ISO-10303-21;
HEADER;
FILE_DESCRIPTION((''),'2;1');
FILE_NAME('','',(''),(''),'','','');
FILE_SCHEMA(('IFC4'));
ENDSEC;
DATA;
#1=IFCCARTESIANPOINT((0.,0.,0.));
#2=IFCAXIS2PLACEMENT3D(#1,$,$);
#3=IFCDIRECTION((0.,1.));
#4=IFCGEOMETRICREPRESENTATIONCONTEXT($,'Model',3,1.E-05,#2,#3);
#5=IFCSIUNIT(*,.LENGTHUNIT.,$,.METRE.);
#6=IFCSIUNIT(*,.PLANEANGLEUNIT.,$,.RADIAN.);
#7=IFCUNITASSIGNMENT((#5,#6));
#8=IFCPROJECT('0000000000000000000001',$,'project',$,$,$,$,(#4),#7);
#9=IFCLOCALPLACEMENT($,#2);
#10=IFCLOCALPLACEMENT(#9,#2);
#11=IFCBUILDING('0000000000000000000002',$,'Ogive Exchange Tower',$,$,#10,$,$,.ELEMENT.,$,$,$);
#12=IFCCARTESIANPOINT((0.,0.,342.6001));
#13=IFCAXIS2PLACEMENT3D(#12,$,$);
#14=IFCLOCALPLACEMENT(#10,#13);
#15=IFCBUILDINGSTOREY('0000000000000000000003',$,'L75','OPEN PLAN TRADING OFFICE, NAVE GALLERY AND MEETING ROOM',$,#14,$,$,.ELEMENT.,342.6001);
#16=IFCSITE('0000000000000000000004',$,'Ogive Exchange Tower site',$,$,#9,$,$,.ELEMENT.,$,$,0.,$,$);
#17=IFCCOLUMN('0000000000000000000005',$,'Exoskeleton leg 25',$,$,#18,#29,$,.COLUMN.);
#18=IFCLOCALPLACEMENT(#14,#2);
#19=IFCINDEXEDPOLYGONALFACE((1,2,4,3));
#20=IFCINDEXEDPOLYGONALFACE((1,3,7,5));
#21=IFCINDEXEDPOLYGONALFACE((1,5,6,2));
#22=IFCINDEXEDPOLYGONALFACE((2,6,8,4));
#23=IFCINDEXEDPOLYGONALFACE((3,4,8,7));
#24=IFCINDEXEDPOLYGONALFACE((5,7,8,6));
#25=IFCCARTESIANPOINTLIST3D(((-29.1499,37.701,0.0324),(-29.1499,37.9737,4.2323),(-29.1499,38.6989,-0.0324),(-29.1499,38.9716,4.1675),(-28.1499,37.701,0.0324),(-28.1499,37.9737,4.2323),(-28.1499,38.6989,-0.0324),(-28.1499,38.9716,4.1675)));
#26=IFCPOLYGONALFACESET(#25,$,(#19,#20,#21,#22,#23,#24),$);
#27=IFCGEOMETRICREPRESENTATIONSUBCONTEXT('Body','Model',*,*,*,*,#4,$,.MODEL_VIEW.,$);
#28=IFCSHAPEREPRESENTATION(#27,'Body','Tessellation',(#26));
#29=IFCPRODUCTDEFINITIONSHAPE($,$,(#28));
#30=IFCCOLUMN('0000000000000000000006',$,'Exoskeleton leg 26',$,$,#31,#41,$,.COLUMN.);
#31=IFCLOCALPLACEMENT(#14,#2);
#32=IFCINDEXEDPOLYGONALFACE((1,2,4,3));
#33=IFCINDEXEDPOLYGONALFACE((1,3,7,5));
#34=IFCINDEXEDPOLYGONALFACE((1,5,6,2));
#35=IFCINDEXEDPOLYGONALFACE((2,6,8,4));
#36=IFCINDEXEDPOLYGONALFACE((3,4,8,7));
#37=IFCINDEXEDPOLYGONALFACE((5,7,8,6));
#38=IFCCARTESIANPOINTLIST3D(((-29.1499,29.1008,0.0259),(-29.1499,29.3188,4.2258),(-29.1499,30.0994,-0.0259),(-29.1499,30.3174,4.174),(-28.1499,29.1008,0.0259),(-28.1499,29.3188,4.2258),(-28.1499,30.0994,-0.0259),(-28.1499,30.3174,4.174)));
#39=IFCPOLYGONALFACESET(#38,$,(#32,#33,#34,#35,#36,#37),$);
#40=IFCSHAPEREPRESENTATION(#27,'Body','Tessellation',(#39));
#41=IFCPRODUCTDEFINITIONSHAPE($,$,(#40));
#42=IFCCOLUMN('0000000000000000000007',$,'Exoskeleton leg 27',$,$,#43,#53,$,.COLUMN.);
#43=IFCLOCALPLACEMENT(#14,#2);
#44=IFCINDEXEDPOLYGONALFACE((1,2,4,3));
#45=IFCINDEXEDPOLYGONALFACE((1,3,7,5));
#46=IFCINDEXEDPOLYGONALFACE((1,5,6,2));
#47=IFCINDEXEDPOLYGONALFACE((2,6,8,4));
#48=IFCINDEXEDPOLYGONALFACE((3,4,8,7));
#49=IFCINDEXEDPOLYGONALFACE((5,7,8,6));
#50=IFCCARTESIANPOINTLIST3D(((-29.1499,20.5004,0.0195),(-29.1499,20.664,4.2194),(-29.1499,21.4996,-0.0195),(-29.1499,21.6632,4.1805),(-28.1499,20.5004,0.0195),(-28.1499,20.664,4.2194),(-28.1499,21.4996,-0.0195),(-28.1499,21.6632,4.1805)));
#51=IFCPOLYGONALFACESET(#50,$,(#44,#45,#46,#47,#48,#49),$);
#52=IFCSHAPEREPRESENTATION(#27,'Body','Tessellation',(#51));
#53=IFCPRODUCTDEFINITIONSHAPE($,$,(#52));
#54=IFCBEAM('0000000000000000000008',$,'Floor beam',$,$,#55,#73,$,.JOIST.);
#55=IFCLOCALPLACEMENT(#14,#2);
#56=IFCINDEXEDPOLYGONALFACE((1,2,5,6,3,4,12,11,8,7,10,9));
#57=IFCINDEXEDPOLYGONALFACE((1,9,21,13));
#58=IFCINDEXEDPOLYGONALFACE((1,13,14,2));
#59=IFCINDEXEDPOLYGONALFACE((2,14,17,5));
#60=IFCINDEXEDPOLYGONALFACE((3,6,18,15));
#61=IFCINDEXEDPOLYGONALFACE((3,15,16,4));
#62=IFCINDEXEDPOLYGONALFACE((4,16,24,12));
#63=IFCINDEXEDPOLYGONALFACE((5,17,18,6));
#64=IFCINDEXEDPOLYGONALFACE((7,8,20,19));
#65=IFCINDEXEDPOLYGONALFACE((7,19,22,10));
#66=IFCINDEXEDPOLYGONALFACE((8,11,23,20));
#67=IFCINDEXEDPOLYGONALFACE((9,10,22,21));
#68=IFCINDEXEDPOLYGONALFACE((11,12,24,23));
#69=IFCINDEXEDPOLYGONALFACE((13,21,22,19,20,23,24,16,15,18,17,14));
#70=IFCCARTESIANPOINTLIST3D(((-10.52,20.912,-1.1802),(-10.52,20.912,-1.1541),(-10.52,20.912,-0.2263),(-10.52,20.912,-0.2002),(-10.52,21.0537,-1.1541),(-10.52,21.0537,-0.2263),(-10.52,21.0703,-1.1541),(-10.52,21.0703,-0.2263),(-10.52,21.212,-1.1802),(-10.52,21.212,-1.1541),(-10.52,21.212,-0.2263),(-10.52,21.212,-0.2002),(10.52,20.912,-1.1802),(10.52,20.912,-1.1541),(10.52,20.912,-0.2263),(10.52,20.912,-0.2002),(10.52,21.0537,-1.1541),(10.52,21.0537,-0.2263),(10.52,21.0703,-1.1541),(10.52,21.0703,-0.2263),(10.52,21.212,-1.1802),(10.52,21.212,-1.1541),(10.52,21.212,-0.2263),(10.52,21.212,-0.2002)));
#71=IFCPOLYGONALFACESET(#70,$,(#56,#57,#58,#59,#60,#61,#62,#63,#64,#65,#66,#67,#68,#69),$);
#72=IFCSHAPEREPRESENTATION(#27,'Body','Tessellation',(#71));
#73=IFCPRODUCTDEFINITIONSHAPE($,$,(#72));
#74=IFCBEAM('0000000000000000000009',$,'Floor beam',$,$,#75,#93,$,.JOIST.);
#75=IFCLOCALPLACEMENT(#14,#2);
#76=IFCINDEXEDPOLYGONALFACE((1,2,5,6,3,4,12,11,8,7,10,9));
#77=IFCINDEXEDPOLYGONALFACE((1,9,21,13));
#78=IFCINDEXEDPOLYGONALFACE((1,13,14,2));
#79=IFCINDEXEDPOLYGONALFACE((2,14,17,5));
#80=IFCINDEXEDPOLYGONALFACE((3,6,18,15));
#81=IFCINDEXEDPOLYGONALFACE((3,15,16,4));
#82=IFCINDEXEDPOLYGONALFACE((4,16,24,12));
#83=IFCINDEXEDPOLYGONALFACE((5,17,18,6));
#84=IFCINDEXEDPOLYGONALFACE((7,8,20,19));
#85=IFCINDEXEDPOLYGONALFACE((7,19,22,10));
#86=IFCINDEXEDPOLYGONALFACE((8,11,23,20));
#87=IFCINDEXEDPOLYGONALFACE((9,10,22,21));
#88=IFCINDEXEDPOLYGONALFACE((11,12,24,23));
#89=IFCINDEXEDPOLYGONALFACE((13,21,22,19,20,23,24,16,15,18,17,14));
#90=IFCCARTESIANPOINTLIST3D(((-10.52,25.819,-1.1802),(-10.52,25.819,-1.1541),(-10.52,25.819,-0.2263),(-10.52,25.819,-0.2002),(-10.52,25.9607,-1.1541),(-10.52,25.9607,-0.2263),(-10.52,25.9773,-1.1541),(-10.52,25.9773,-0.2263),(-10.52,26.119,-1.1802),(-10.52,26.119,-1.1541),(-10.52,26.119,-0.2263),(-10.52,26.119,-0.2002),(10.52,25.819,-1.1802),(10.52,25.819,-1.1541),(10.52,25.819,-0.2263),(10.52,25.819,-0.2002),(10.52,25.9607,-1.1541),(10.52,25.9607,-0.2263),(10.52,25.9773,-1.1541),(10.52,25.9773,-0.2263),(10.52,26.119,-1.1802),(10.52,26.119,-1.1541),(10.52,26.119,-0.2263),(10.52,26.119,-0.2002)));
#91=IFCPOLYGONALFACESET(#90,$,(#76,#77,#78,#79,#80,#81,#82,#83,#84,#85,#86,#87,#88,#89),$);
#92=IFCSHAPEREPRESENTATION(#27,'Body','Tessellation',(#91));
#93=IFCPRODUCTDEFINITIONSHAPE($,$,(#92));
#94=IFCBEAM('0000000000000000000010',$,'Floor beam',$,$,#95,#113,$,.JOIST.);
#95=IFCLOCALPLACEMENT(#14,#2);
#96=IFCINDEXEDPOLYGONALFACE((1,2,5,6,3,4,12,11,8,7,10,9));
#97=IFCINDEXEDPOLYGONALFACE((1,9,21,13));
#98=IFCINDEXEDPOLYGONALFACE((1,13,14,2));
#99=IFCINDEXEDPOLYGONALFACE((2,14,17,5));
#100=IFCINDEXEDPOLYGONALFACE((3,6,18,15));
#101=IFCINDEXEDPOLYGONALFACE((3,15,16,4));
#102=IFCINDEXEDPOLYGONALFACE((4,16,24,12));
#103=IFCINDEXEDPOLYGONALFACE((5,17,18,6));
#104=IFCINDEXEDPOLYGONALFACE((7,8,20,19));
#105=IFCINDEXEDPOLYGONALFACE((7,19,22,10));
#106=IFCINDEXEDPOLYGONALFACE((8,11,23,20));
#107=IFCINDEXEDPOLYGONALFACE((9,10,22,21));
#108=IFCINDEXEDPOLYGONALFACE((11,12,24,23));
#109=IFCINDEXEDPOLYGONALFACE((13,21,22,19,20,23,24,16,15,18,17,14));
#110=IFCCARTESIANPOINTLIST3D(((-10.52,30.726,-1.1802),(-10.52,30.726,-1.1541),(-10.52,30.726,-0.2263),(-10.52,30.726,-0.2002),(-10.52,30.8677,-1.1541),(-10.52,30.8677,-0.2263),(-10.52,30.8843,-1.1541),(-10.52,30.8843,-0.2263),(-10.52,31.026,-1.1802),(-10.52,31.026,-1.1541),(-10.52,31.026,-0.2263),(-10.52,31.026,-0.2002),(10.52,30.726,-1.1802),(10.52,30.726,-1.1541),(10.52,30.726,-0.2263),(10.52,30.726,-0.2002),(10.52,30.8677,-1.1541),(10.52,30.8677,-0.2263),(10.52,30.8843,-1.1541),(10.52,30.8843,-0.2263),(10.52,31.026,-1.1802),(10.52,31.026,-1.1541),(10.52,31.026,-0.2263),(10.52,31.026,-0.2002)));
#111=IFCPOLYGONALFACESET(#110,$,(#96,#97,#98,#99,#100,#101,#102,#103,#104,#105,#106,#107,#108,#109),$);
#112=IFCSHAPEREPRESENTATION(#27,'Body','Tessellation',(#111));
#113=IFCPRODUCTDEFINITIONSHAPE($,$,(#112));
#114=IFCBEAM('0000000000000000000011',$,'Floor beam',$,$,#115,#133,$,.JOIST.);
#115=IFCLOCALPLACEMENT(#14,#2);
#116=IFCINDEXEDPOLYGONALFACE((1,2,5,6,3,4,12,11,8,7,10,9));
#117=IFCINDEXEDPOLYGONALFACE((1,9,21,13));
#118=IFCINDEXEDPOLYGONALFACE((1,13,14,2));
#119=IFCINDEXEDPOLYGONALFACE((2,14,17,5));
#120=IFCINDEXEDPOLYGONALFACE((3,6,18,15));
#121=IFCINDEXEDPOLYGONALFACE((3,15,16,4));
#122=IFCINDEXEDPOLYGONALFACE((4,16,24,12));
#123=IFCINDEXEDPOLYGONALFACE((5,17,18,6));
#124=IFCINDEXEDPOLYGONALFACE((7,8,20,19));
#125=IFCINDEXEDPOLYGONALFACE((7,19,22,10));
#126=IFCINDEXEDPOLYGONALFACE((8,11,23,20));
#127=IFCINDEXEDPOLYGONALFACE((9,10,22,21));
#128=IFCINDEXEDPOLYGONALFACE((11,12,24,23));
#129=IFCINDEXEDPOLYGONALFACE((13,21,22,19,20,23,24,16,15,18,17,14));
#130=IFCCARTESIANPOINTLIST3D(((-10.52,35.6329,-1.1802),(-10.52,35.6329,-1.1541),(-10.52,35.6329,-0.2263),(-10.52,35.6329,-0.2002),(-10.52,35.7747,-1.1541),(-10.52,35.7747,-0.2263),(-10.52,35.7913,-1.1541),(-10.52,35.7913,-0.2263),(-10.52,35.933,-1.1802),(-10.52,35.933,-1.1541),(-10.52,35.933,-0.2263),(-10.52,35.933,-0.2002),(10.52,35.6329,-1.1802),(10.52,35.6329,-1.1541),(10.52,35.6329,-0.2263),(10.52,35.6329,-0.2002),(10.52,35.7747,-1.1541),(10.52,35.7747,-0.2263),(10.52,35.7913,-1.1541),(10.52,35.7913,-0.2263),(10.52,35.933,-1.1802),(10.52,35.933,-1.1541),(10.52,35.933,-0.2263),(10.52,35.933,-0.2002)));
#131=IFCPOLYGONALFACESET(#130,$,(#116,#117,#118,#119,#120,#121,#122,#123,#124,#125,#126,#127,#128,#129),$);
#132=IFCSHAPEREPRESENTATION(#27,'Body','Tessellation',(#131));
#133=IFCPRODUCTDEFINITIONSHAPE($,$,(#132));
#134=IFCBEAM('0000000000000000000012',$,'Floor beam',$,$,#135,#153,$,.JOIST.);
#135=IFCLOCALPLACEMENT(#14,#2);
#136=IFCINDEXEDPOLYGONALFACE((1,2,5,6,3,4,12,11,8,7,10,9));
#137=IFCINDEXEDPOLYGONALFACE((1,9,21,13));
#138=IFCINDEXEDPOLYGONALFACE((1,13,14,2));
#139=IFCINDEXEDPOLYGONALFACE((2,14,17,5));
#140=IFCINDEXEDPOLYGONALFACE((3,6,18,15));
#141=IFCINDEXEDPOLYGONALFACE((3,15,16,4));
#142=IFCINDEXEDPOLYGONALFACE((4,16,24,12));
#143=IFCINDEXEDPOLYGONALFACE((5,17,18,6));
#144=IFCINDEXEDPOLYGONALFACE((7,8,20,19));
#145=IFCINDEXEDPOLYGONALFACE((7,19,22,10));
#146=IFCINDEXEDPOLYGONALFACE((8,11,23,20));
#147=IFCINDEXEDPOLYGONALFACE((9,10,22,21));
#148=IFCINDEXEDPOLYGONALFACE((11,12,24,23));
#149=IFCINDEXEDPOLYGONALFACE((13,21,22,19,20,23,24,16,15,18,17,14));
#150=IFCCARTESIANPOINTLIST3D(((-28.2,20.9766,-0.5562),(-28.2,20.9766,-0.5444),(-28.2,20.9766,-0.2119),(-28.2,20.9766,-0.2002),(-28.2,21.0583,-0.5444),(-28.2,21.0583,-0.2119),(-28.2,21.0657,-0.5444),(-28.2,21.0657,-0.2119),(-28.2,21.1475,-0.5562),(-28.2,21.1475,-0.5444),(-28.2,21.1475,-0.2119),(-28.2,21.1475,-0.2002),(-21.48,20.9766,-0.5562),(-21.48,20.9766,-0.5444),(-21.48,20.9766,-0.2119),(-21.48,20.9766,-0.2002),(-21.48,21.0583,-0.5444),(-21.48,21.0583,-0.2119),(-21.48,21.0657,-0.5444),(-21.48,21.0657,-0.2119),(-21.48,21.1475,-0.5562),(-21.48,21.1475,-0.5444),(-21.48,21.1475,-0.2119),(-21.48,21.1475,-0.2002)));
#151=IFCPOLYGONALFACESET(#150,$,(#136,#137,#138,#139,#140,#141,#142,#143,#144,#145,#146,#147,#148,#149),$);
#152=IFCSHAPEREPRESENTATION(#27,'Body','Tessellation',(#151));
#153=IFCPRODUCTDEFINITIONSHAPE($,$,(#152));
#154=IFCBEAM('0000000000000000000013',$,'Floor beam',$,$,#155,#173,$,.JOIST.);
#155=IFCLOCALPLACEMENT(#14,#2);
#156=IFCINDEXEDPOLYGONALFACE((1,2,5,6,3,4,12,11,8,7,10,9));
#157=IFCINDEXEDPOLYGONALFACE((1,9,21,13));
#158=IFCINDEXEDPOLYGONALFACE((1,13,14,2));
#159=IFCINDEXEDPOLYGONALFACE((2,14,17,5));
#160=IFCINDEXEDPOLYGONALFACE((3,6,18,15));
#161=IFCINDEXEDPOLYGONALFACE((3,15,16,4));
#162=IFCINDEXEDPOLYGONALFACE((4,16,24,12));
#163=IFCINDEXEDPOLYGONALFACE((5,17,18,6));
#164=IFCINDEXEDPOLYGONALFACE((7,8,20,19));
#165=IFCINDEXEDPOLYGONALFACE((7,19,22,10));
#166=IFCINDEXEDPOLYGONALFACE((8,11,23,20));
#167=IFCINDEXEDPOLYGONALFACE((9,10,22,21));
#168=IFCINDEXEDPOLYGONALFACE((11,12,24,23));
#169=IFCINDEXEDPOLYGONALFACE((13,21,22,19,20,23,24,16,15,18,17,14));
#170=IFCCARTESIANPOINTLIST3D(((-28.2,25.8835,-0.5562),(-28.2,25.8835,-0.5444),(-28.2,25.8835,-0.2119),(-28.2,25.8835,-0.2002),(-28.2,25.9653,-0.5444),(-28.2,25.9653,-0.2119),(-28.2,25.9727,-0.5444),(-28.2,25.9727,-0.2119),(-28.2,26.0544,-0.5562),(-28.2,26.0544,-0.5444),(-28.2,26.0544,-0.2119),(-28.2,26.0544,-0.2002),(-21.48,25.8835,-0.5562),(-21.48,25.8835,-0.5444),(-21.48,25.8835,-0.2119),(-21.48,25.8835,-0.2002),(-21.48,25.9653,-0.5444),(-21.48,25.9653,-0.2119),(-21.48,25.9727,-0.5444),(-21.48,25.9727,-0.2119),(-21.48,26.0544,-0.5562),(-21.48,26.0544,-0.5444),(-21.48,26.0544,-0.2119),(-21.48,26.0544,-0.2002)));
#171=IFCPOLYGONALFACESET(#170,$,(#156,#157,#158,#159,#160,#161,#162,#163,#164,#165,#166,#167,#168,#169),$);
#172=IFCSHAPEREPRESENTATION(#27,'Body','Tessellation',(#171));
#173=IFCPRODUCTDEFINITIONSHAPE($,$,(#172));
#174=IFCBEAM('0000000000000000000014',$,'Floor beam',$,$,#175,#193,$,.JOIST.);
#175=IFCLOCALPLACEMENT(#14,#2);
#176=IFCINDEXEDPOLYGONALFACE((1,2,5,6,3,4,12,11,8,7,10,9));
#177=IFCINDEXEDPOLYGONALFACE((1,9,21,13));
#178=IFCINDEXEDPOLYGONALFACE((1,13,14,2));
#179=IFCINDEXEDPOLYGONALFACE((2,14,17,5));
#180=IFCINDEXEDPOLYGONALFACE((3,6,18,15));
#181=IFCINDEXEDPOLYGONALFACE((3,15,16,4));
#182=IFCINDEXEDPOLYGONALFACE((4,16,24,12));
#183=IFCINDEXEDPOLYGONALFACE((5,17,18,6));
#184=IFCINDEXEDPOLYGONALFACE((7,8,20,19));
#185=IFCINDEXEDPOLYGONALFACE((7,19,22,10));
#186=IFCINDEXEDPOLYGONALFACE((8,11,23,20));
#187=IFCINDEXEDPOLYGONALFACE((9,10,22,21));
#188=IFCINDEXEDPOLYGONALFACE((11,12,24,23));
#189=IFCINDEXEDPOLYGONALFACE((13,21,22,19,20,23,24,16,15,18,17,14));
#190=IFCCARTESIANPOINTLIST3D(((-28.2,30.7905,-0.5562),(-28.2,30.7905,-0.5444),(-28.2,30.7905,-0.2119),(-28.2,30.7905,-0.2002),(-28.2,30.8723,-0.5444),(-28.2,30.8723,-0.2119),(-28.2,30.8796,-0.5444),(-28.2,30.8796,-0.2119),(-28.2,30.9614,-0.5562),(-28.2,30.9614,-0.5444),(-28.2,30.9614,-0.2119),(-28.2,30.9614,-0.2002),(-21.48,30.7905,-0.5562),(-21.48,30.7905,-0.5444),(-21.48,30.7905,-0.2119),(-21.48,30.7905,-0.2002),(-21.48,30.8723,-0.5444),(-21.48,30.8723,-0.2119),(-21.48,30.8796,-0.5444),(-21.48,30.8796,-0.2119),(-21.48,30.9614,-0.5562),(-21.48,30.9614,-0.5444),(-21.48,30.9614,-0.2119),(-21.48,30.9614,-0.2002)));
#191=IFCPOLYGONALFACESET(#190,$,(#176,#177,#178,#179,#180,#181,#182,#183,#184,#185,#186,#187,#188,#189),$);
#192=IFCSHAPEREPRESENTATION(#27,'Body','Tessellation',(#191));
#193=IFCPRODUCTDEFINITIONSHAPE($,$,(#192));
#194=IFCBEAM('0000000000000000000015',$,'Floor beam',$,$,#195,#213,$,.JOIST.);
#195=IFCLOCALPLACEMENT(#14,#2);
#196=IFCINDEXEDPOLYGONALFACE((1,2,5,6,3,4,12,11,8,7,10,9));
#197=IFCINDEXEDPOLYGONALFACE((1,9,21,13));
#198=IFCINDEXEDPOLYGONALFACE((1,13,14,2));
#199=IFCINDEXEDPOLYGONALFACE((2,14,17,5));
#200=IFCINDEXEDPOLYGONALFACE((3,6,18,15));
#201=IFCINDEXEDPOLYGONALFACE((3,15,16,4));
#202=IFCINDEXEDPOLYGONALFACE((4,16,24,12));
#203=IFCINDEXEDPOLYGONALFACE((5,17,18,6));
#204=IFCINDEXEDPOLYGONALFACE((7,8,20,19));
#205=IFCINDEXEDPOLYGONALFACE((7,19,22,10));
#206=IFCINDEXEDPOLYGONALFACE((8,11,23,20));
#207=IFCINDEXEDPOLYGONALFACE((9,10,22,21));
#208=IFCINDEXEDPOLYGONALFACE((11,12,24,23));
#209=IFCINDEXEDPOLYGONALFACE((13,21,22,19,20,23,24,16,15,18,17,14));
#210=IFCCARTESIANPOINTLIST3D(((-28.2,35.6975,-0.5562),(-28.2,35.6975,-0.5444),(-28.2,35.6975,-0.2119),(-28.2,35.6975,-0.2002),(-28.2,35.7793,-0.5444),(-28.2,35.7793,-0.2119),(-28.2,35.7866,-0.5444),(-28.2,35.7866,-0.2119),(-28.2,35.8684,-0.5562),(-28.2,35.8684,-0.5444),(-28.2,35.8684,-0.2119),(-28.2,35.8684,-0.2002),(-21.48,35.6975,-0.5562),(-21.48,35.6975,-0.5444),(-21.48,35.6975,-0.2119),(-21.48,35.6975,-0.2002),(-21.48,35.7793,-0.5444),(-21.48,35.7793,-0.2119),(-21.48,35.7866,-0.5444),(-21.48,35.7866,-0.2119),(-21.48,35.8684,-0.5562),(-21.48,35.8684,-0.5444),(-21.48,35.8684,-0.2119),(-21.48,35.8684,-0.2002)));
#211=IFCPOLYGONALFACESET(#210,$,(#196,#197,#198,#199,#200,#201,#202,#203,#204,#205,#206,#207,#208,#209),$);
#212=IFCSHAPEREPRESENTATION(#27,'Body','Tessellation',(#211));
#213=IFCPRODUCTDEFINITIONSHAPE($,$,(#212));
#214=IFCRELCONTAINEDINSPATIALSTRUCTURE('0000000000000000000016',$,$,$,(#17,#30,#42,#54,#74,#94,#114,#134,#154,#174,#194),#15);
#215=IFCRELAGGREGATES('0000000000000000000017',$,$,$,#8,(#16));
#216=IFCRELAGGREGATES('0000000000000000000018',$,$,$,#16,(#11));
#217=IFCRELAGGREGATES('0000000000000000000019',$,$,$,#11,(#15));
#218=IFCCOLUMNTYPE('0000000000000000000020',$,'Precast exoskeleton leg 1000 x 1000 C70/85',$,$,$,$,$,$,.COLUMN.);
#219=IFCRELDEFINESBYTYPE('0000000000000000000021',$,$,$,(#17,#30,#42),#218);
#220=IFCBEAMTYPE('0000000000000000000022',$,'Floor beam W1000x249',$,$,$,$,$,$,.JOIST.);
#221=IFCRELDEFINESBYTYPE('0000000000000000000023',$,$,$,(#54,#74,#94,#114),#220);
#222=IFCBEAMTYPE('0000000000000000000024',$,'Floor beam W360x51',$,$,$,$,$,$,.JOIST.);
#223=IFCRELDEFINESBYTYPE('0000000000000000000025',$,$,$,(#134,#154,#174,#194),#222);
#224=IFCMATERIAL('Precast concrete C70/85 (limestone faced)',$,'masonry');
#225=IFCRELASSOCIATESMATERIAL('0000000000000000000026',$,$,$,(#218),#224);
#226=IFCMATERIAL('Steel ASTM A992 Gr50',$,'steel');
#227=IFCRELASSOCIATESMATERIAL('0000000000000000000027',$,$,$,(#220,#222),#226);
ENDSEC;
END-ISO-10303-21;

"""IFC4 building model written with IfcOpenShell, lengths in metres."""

from ifc_helpers import new_model, si_unit, direction, frame, origin, origin_2d, place, context, subcontext, project, spatial, rectangle, i_section, extrude, material, material_profile, profile_set, type_object, element, save


model = new_model("IFC4")

# Units and contexts
model_context = context("Model", 3, precision=1e-05, world=origin(), true_north=direction((0.0, 1.0)))
body_context = subcontext(model_context, "Body", "Model", "MODEL_VIEW")
ifc_project = project(units=[si_unit("LENGTHUNIT", "METRE"), si_unit("PLANEANGLEUNIT", "RADIAN")], contexts=[model_context])

# Site, building, storey
site_placement = place(None, origin())
site = spatial("IfcSite", under=ifc_project, at=site_placement, Name="Ogive Exchange Tower site", CompositionType="ELEMENT", RefElevation=0.0)
building_placement = place(site_placement, origin())
building = spatial("IfcBuilding", under=site, at=building_placement, Name="Ogive Exchange Tower", CompositionType="ELEMENT")
storey_placement = place(building_placement, frame((0.0, 0.0, 342.6001)))
storey = spatial("IfcBuildingStorey", under=building, at=storey_placement, Name="L75", Description="OPEN PLAN TRADING OFFICE, NAVE GALLERY AND MEETING ROOM", CompositionType="ELEMENT", Elevation=342.6001)

# Columns
ifc_material_1 = material(Name="Precast concrete C70/85 (limestone faced)", Category="masonry")
ifc_material_profile_1 = material_profile(ifc_material_1, rectangle(XDim=1.0, YDim=1.0, at=origin_2d()), Name="1000 x 1000")
ifc_profile_set_1 = profile_set([ifc_material_profile_1], Name="Precast concrete C70/85 (limestone faced)")
column_type = type_object("IfcColumnType", Name="Precast exoskeleton leg 1000 x 1000 C70/85", PredefinedType="COLUMN", material=ifc_profile_set_1)
column_1_placement = place(storey_placement, frame((-28.6499, 38.2, 0.0), z_axis=(0.0, 0.064794, 0.997899), x_axis=(-1.0, 0.0, 0.0)))
element("IfcColumn", 1, at=column_1_placement, inside=storey, type_object=column_type, Name="Exoskeleton leg 25", PredefinedType="COLUMN", context=body_context, shape_type="SweptSolid", body=[
    extrude(rectangle(XDim=1.0, YDim=1.0, at=origin_2d()), origin(), (0.0, 0.0, 1.0), 4.2087),
])
column_2_placement = place(storey_placement, frame((-28.6499, 29.6001, 0.0), z_axis=(0.0, 0.05184, 0.998655), x_axis=(-1.0, 0.0, 0.0)))
element("IfcColumn", 2, at=column_2_placement, inside=storey, type_object=column_type, Name="Exoskeleton leg 26", PredefinedType="COLUMN", context=body_context, shape_type="SweptSolid", body=[
    extrude(rectangle(XDim=1.0, YDim=1.0, at=origin_2d()), origin(), (0.0, 0.0, 1.0), 4.2056),
])
column_3_placement = place(storey_placement, frame((-28.6499, 21.0, 0.0), z_axis=(0.0, 0.038917, 0.999242), x_axis=(-1.0, 0.0, 0.0)))
element("IfcColumn", 3, at=column_3_placement, inside=storey, type_object=column_type, Name="Exoskeleton leg 27", PredefinedType="COLUMN", context=body_context, shape_type="SweptSolid", body=[
    extrude(rectangle(XDim=1.0, YDim=1.0, at=origin_2d()), origin(), (0.0, 0.0, 1.0), 4.2031),
])

# Beams
ifc_material_2 = material(Name="Steel ASTM A992 Gr50", Category="steel")
ifc_material_profile_2 = material_profile(ifc_material_2, i_section(OverallWidth=0.3, OverallDepth=0.98, WebThickness=0.0166, FlangeThickness=0.0261, at=origin_2d()), Name="W1000x249")
ifc_profile_set_2 = profile_set([ifc_material_profile_2], Name="Steel ASTM A992 Gr50")
beam_type_1 = type_object("IfcBeamType", Name="Floor beam W1000x249", PredefinedType="JOIST", material=ifc_profile_set_2)
for number, where, z_axis, x_axis, name in (
    (4, (-10.52, 21.062, -0.6902), (1.0, 0.0, 0.0), (0.0, 1.0, 0.0), "Floor beam"),
    (5, (-10.52, 25.969, -0.6902), (1.0, 0.0, 0.0), (0.0, 1.0, 0.0), "Floor beam"),
    (6, (-10.52, 30.876, -0.6902), (1.0, 0.0, 0.0), (0.0, 1.0, 0.0), "Floor beam"),
    (7, (-10.52, 35.783, -0.6902), (1.0, 0.0, 0.0), (0.0, 1.0, 0.0), "Floor beam"),
):
    element("IfcBeam", number, at=place(storey_placement, frame(where, z_axis=z_axis, x_axis=x_axis)), inside=storey, type_object=beam_type_1, Name=name, PredefinedType="JOIST", context=body_context, shape_type="SweptSolid", body=[
        extrude(i_section(OverallWidth=0.3, OverallDepth=0.98, WebThickness=0.0166, FlangeThickness=0.0261, at=origin_2d()), origin(), (0.0, 0.0, 1.0), 21.04),
    ])
ifc_material_profile_3 = material_profile(ifc_material_2, i_section(OverallWidth=0.1709, OverallDepth=0.356, WebThickness=0.0073, FlangeThickness=0.0117, at=origin_2d()), Name="W360x51")
ifc_profile_set_3 = profile_set([ifc_material_profile_3], Name="Steel ASTM A992 Gr50")
beam_type_2 = type_object("IfcBeamType", Name="Floor beam W360x51", PredefinedType="JOIST", material=ifc_profile_set_3)
for number, where, z_axis, x_axis, name in (
    (8, (-28.2, 21.062, -0.3782), (1.0, 0.0, 0.0), (0.0, 1.0, 0.0), "Floor beam"),
    (9, (-28.2, 25.969, -0.3782), (1.0, 0.0, 0.0), (0.0, 1.0, 0.0), "Floor beam"),
    (10, (-28.2, 30.876, -0.3782), (1.0, 0.0, 0.0), (0.0, 1.0, 0.0), "Floor beam"),
    (11, (-28.2, 35.783, -0.3782), (1.0, 0.0, 0.0), (0.0, 1.0, 0.0), "Floor beam"),
):
    element("IfcBeam", number, at=place(storey_placement, frame(where, z_axis=z_axis, x_axis=x_axis)), inside=storey, type_object=beam_type_2, Name=name, PredefinedType="JOIST", context=body_context, shape_type="SweptSolid", body=[
        extrude(i_section(OverallWidth=0.1709, OverallDepth=0.356, WebThickness=0.0073, FlangeThickness=0.0117, at=origin_2d()), origin(), (0.0, 0.0, 1.0), 6.72),
    ])

save(model, "model.ifc")
